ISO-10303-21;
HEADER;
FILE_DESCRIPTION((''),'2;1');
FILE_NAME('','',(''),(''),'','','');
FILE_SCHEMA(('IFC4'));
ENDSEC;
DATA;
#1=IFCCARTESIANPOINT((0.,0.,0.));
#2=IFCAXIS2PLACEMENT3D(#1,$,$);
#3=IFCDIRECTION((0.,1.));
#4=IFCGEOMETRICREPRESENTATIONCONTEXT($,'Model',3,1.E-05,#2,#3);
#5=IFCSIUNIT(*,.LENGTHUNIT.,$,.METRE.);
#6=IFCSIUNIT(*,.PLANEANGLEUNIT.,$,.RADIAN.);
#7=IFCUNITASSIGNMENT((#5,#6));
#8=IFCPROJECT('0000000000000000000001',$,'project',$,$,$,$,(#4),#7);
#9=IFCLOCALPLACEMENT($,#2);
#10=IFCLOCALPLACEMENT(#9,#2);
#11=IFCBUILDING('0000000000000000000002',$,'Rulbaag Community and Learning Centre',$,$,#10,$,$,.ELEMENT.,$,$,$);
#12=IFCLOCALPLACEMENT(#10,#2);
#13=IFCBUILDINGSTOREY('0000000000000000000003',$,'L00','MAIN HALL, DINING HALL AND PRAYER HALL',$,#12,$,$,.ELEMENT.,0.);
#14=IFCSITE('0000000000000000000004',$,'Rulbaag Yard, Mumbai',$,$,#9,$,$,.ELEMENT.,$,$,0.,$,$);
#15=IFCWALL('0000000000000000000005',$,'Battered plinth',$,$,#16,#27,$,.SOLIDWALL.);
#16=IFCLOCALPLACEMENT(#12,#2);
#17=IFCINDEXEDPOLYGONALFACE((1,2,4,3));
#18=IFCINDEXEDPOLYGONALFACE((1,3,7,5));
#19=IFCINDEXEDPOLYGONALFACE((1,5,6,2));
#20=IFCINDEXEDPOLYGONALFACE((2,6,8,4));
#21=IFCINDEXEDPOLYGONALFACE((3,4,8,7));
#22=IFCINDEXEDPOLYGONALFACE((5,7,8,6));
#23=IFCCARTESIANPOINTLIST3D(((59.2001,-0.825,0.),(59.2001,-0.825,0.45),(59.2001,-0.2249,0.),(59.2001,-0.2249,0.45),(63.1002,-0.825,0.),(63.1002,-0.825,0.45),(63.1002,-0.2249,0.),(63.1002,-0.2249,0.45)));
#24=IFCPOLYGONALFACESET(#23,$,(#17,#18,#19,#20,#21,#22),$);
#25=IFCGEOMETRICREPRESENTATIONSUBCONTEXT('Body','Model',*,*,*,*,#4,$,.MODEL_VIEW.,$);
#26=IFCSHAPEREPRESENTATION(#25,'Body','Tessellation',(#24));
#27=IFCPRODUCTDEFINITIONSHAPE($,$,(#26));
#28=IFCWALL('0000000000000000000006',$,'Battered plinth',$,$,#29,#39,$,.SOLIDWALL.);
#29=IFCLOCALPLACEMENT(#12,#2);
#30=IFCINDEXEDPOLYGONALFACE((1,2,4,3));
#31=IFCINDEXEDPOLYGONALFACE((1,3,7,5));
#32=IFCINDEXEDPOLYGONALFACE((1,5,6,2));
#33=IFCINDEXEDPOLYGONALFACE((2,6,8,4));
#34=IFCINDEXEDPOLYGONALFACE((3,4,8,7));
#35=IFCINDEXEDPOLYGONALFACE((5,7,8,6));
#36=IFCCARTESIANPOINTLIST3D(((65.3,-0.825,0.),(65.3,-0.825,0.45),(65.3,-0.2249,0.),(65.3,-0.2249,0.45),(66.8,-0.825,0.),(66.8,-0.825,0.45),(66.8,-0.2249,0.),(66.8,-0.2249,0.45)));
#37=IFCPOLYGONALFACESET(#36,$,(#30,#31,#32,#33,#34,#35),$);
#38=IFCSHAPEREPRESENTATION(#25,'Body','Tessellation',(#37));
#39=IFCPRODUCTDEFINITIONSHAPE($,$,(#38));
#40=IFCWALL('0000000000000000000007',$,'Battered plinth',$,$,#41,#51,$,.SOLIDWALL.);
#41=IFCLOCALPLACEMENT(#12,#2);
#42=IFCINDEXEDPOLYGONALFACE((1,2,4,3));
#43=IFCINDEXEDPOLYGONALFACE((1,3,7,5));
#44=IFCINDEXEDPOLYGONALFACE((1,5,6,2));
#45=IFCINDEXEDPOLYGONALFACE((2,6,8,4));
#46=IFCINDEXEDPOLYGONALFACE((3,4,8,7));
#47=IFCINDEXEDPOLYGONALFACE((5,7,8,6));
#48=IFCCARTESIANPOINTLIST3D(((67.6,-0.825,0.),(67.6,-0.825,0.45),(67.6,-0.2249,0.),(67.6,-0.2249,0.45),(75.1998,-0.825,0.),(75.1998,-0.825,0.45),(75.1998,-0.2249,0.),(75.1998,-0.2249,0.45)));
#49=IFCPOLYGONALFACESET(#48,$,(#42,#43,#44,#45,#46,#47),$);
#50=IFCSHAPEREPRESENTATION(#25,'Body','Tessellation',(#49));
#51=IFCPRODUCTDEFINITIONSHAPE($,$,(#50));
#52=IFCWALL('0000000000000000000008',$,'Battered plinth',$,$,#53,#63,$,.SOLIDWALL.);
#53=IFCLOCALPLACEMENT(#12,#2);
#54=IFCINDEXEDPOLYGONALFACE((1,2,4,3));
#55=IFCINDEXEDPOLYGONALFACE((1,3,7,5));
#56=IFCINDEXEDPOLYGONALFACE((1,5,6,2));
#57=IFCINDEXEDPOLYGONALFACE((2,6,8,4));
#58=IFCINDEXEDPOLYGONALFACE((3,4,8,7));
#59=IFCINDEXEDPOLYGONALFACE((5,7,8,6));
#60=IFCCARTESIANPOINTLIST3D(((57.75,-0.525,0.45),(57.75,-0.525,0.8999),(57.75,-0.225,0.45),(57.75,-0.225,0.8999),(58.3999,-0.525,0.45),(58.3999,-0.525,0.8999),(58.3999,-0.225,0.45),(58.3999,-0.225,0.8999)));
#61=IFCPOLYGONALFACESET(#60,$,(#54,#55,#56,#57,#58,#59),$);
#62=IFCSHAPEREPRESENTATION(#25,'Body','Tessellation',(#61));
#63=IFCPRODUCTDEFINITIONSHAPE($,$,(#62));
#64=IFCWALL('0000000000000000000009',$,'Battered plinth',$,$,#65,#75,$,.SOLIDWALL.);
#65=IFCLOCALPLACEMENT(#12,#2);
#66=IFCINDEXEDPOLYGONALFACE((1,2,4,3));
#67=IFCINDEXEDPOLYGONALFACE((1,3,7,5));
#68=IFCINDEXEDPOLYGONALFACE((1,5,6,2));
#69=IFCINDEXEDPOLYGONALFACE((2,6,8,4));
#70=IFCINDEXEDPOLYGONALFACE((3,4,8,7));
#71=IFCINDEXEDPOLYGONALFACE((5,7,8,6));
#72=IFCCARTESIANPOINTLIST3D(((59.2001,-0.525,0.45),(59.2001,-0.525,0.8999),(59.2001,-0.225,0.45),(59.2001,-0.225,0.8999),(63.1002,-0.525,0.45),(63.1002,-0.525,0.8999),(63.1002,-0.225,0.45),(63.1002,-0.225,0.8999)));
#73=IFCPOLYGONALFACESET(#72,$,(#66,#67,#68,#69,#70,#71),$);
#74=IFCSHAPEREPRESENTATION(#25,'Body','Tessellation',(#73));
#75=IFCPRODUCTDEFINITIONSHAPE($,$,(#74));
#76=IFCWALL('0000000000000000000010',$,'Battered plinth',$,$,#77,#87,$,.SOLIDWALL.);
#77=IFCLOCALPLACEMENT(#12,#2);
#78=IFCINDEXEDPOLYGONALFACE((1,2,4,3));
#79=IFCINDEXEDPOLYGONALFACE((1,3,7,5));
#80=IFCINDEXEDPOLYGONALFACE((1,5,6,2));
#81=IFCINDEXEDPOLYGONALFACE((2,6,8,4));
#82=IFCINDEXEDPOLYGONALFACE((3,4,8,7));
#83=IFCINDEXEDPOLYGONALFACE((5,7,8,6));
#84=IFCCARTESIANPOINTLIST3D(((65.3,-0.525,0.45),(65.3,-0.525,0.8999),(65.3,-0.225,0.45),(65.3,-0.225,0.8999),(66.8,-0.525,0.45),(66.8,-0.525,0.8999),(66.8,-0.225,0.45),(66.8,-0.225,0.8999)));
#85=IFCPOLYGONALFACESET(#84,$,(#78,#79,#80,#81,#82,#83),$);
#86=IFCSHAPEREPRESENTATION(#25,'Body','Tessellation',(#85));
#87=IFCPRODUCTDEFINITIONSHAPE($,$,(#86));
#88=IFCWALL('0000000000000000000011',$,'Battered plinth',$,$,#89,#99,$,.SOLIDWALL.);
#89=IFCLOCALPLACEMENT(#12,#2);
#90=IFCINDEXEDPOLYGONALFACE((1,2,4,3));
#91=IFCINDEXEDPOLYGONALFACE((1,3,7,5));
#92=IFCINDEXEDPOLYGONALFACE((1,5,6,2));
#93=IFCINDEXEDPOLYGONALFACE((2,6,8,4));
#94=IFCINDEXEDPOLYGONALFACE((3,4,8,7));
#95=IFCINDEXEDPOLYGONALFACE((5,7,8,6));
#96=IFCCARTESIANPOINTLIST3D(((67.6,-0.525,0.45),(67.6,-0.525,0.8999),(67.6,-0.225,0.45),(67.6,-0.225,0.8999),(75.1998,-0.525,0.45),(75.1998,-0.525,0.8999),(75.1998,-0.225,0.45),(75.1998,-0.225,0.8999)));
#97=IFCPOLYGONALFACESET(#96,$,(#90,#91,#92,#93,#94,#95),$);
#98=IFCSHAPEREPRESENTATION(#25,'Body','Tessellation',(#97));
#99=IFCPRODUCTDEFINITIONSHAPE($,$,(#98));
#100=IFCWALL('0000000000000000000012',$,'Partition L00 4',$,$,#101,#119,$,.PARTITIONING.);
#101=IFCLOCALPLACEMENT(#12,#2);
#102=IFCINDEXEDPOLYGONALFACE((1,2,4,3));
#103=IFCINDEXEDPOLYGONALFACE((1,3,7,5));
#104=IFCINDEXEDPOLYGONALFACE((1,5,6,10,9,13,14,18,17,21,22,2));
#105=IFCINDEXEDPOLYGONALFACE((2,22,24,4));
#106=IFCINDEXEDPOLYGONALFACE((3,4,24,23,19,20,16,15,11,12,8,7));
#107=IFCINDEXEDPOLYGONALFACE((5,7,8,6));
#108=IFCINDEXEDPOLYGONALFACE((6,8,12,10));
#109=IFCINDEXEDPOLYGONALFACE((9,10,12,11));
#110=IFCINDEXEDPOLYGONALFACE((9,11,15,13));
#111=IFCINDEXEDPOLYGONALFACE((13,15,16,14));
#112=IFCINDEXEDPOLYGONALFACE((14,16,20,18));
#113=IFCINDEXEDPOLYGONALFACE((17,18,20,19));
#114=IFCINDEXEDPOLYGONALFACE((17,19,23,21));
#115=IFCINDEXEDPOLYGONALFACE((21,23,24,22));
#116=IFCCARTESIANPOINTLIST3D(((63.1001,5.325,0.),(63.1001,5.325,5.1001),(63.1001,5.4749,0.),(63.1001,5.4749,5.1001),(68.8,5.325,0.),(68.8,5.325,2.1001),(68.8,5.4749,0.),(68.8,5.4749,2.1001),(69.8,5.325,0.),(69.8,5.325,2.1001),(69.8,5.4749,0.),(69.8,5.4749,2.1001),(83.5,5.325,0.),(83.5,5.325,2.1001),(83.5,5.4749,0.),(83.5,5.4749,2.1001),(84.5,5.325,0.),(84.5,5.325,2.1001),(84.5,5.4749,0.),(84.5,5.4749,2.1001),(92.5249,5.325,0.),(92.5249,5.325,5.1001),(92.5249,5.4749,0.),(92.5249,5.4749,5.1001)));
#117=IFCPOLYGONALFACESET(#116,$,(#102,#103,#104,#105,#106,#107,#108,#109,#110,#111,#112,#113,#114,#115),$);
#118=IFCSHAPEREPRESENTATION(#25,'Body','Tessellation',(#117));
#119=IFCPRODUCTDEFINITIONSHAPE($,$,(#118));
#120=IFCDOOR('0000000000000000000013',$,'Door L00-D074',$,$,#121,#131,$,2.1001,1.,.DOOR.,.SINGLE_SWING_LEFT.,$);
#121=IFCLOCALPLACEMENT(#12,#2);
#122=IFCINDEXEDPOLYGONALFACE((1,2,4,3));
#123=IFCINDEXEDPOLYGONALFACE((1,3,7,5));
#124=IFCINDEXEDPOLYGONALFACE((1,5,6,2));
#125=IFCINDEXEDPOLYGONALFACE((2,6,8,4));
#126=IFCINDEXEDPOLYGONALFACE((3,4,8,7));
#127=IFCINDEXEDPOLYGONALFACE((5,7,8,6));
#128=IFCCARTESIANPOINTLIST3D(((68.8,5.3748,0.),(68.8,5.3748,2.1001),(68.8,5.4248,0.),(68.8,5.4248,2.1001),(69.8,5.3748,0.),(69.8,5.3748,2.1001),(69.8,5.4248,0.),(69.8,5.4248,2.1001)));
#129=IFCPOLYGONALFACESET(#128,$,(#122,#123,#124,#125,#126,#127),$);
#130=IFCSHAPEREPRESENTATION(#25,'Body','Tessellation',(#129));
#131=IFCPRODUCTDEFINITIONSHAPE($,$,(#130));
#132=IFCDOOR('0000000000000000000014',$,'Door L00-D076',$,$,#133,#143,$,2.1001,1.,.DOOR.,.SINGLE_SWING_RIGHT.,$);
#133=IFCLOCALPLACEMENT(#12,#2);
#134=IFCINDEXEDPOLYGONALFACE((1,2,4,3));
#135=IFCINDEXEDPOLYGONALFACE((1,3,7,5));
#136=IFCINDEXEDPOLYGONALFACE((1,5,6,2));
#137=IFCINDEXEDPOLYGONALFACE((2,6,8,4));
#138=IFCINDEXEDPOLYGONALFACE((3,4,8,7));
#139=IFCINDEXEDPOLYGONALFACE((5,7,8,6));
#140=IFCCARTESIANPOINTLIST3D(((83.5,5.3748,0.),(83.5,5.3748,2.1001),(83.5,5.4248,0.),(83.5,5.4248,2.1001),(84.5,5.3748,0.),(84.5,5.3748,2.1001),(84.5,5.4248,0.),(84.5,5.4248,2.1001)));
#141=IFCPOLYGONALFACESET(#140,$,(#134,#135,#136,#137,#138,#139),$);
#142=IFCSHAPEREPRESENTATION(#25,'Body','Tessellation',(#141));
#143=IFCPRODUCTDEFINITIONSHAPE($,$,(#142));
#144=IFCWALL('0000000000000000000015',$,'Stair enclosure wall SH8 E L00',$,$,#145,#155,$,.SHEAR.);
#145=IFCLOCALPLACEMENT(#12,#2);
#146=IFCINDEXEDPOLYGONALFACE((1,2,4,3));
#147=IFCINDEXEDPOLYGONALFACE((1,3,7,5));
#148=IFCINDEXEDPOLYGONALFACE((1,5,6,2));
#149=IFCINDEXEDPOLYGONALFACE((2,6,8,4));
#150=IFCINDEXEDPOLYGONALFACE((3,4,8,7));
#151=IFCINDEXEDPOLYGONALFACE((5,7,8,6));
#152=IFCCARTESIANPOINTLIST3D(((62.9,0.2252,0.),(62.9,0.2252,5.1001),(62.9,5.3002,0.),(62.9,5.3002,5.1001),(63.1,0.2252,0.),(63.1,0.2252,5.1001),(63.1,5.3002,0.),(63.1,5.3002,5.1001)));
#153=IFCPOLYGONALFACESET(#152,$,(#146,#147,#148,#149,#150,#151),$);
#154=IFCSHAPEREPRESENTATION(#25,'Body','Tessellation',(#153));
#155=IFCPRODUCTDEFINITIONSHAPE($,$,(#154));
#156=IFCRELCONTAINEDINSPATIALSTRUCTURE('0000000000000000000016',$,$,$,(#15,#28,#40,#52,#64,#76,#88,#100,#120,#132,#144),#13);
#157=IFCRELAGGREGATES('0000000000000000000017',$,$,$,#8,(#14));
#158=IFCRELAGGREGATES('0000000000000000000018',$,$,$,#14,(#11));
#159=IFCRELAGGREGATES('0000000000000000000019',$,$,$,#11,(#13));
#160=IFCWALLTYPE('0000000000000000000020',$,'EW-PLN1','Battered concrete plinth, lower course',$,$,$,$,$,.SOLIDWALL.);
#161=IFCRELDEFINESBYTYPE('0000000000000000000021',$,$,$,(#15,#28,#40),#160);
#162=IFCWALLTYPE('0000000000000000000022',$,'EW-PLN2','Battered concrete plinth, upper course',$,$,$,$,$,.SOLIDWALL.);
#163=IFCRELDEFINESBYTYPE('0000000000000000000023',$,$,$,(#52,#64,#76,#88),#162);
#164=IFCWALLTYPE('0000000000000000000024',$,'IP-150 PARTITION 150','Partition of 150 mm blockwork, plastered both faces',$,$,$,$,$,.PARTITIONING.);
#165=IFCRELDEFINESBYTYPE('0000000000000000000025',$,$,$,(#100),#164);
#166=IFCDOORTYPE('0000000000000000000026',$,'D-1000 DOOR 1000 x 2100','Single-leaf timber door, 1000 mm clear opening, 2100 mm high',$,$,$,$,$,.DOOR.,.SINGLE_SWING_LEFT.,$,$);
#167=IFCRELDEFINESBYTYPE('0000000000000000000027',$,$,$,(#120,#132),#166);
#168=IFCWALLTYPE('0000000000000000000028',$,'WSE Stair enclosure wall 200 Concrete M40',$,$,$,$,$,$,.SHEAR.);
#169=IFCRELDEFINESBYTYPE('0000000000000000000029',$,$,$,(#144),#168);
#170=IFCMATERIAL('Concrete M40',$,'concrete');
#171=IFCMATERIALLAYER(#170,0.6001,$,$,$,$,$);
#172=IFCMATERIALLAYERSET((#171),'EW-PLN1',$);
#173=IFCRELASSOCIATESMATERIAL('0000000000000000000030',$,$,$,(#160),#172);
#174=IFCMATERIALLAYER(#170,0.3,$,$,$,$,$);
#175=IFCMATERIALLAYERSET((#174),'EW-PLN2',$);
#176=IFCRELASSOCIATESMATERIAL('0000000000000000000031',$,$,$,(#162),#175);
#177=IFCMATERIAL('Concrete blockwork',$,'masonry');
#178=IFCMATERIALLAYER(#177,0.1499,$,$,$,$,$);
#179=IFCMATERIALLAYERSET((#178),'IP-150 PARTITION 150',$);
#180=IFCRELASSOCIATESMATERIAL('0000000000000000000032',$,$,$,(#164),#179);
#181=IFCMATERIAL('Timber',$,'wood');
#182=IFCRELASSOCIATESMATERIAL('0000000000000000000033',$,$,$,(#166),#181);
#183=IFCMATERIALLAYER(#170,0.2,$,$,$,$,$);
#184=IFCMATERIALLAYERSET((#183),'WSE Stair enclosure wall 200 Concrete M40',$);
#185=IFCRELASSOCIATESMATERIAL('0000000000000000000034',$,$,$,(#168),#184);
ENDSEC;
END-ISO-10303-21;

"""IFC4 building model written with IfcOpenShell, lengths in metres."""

from ifc_helpers import new_model, si_unit, direction, frame, frame_2d, origin, place, context, subcontext, project, spatial, rectangle, extrude, material, layer, layer_set, type_object, element, fill, save


model = new_model("IFC4")

# Units and contexts
model_context = context("Model", 3, precision=1e-05, world=origin(), true_north=direction((0.0, 1.0)))
body_context = subcontext(model_context, "Body", "Model", "MODEL_VIEW")
ifc_project = project(units=[si_unit("LENGTHUNIT", "METRE"), si_unit("PLANEANGLEUNIT", "RADIAN")], contexts=[model_context])

# Site, building, storey
site_placement = place(None, origin())
site = spatial("IfcSite", under=ifc_project, at=site_placement, Name="Rulbaag Yard, Mumbai", CompositionType="ELEMENT", RefElevation=0.0)
building_placement = place(site_placement, origin())
building = spatial("IfcBuilding", under=site, at=building_placement, Name="Rulbaag Community and Learning Centre", CompositionType="ELEMENT")
storey_placement = place(building_placement, origin())
storey = spatial("IfcBuildingStorey", under=building, at=storey_placement, Name="L00", Description="MAIN HALL, DINING HALL AND PRAYER HALL", CompositionType="ELEMENT", Elevation=0.0)

# Shared definitions
ifc_material_1 = material(Name="Concrete M40", Category="concrete")

# Walls
ifc_layer_1 = layer(ifc_material_1, 0.6001)
ifc_layer_set_1 = layer_set([ifc_layer_1], Name="EW-PLN1")
wall_type_1 = type_object("IfcWallType", Name="EW-PLN1", Description="Battered concrete plinth, lower course", PredefinedType="SOLIDWALL", material=ifc_layer_set_1)
wall_1_placement = place(storey_placement, frame((59.2, -0.5249, 0.0), z_axis=(0.0, 0.0, 1.0), x_axis=(1.0, 0.0, 0.0)))
element("IfcWall", 1, at=wall_1_placement, inside=storey, type_object=wall_type_1, Name="Battered plinth", PredefinedType="SOLIDWALL", context=body_context, shape_type="SweptSolid", body=[
    extrude(rectangle(XDim=3.9001, YDim=0.6001, at=frame_2d((1.9502, 0.0))), origin(), (0.0, 0.0, 1.0), 0.45),
])
wall_2_placement = place(storey_placement, frame((65.3, -0.5249, 0.0), z_axis=(0.0, 0.0, 1.0), x_axis=(1.0, 0.0, 0.0)))
element("IfcWall", 2, at=wall_2_placement, inside=storey, type_object=wall_type_1, Name="Battered plinth", PredefinedType="SOLIDWALL", context=body_context, shape_type="SweptSolid", body=[
    extrude(rectangle(XDim=1.5, YDim=0.6001, at=frame_2d((0.75, 0.0))), origin(), (0.0, 0.0, 1.0), 0.45),
])
wall_3_placement = place(storey_placement, frame((67.6001, -0.5249, 0.0), z_axis=(0.0, 0.0, 1.0), x_axis=(1.0, 0.0, 0.0)))
element("IfcWall", 3, at=wall_3_placement, inside=storey, type_object=wall_type_1, Name="Battered plinth", PredefinedType="SOLIDWALL", context=body_context, shape_type="SweptSolid", body=[
    extrude(rectangle(XDim=7.5999, YDim=0.6001, at=frame_2d((3.7998, 0.0))), origin(), (0.0, 0.0, 1.0), 0.45),
])
ifc_layer_2 = layer(ifc_material_1, 0.3)
ifc_layer_set_2 = layer_set([ifc_layer_2], Name="EW-PLN2")
wall_type_2 = type_object("IfcWallType", Name="EW-PLN2", Description="Battered concrete plinth, upper course", PredefinedType="SOLIDWALL", material=ifc_layer_set_2)
wall_4_placement = place(storey_placement, frame((57.75, -0.375, 0.45), z_axis=(0.0, 0.0, 1.0), x_axis=(1.0, 0.0, 0.0)))
element("IfcWall", 4, at=wall_4_placement, inside=storey, type_object=wall_type_2, Name="Battered plinth", PredefinedType="SOLIDWALL", context=body_context, shape_type="SweptSolid", body=[
    extrude(rectangle(XDim=0.6499, YDim=0.3, at=frame_2d((0.325, 0.0))), origin(), (0.0, 0.0, 1.0), 0.45),
])
wall_5_placement = place(storey_placement, frame((59.2, -0.375, 0.45), z_axis=(0.0, 0.0, 1.0), x_axis=(1.0, 0.0, 0.0)))
element("IfcWall", 5, at=wall_5_placement, inside=storey, type_object=wall_type_2, Name="Battered plinth", PredefinedType="SOLIDWALL", context=body_context, shape_type="SweptSolid", body=[
    extrude(rectangle(XDim=3.9001, YDim=0.3, at=frame_2d((1.9502, 0.0))), origin(), (0.0, 0.0, 1.0), 0.45),
])
wall_6_placement = place(storey_placement, frame((65.3, -0.375, 0.45), z_axis=(0.0, 0.0, 1.0), x_axis=(1.0, 0.0, 0.0)))
element("IfcWall", 6, at=wall_6_placement, inside=storey, type_object=wall_type_2, Name="Battered plinth", PredefinedType="SOLIDWALL", context=body_context, shape_type="SweptSolid", body=[
    extrude(rectangle(XDim=1.5, YDim=0.3, at=frame_2d((0.75, 0.0))), origin(), (0.0, 0.0, 1.0), 0.45),
])
wall_7_placement = place(storey_placement, frame((67.6001, -0.375, 0.45), z_axis=(0.0, 0.0, 1.0), x_axis=(1.0, 0.0, 0.0)))
element("IfcWall", 7, at=wall_7_placement, inside=storey, type_object=wall_type_2, Name="Battered plinth", PredefinedType="SOLIDWALL", context=body_context, shape_type="SweptSolid", body=[
    extrude(rectangle(XDim=7.5999, YDim=0.3, at=frame_2d((3.7998, 0.0))), origin(), (0.0, 0.0, 1.0), 0.45),
])

# Wall, openings, doors
ifc_material_2 = material(Name="Concrete blockwork", Category="masonry")
ifc_layer_3 = layer(ifc_material_2, 0.1499)
ifc_layer_set_3 = layer_set([ifc_layer_3], Name="IP-150 PARTITION 150")
wall_type_3 = type_object("IfcWallType", Name="IP-150 PARTITION 150", Description="Partition of 150 mm blockwork, plastered both faces", PredefinedType="PARTITIONING", material=ifc_layer_set_3)
wall_8_placement = place(storey_placement, frame((63.1001, 5.3999, 0.0), z_axis=(0.0, 0.0, 1.0), x_axis=(1.0, 0.0, 0.0)))
wall_8 = element("IfcWall", 8, at=wall_8_placement, inside=storey, type_object=wall_type_3, Name="Partition L00 4", PredefinedType="PARTITIONING", context=body_context, shape_type="SweptSolid", body=[
    extrude(rectangle(XDim=29.4248, YDim=0.1499, at=frame_2d((14.7124, 0.0))), origin(), (0.0, 0.0, 1.0), 5.1001),
])
opening_1_placement = place(wall_8_placement, frame((5.7, 0.0, 0.0)))
opening_1 = element("IfcOpeningElement", 9, at=opening_1_placement, cuts=wall_8, PredefinedType="OPENING", context=body_context, shape_type="SweptSolid", body=[
    extrude(rectangle(XDim=1.0, YDim=2.1001, at=frame_2d((0.5, 1.05))), frame((0.0, 0.085, 0.0), z_axis=(0.0, -1.0, 0.0), x_axis=(1.0, 0.0, 0.0)), (0.0, 0.0, 1.0), 0.1699),
])
opening_2_placement = place(wall_8_placement, frame((20.3999, 0.0, 0.0)))
opening_2 = element("IfcOpeningElement", 10, at=opening_2_placement, cuts=wall_8, PredefinedType="OPENING", context=body_context, shape_type="SweptSolid", body=[
    extrude(rectangle(XDim=1.0, YDim=2.1001, at=frame_2d((0.5, 1.05))), frame((0.0, 0.085, 0.0), z_axis=(0.0, -1.0, 0.0), x_axis=(1.0, 0.0, 0.0)), (0.0, 0.0, 1.0), 0.1699),
])
ifc_material_3 = material(Name="Timber", Category="wood")
door_type = type_object("IfcDoorType", Name="D-1000 DOOR 1000 x 2100", Description="Single-leaf timber door, 1000 mm clear opening, 2100 mm high", OperationType="SINGLE_SWING_LEFT", PredefinedType="DOOR", material=ifc_material_3)
door_1_placement = place(opening_1_placement, origin())
door_1 = element("IfcDoor", 11, at=door_1_placement, inside=storey, type_object=door_type, Name="Door L00-D074", OperationType="SINGLE_SWING_LEFT", OverallHeight=2.1001, OverallWidth=1.0, PredefinedType="DOOR", context=body_context, shape_type="SweptSolid", body=[
    extrude(rectangle(XDim=1.0, YDim=2.1001, at=frame_2d((0.5, 1.05))), frame((0.0, 0.0249, 0.0), z_axis=(0.0, -1.0, 0.0), x_axis=(1.0, 0.0, 0.0)), (0.0, 0.0, 1.0), 0.05),
])
fill(opening_1, door_1)
door_2_placement = place(opening_2_placement, origin())
door_2 = element("IfcDoor", 12, at=door_2_placement, inside=storey, type_object=door_type, Name="Door L00-D076", OperationType="SINGLE_SWING_RIGHT", OverallHeight=2.1001, OverallWidth=1.0, PredefinedType="DOOR", context=body_context, shape_type="SweptSolid", body=[
    extrude(rectangle(XDim=1.0, YDim=2.1001, at=frame_2d((0.5, 1.05))), frame((0.0, 0.0249, 0.0), z_axis=(0.0, -1.0, 0.0), x_axis=(1.0, 0.0, 0.0)), (0.0, 0.0, 1.0), 0.05),
])
fill(opening_2, door_2)

# Wall
ifc_layer_4 = layer(ifc_material_1, 0.2)
ifc_layer_set_4 = layer_set([ifc_layer_4], Name="WSE Stair enclosure wall 200 Concrete M40")
wall_type_4 = type_object("IfcWallType", Name="WSE Stair enclosure wall 200 Concrete M40", PredefinedType="SHEAR", material=ifc_layer_set_4)
wall_9_placement = place(storey_placement, frame((63.0, 0.2251, 0.0), z_axis=(0.0, 0.0, 1.0), x_axis=(0.0, 1.0, 0.0)))
element("IfcWall", 13, at=wall_9_placement, inside=storey, type_object=wall_type_4, Name="Stair enclosure wall SH8 E L00", PredefinedType="SHEAR", context=body_context, shape_type="SweptSolid", body=[
    extrude(rectangle(XDim=5.075, YDim=0.2, at=frame_2d((2.5376, 0.0))), origin(), (0.0, 0.0, 1.0), 5.1001),
])

save(model, "model.ifc")
